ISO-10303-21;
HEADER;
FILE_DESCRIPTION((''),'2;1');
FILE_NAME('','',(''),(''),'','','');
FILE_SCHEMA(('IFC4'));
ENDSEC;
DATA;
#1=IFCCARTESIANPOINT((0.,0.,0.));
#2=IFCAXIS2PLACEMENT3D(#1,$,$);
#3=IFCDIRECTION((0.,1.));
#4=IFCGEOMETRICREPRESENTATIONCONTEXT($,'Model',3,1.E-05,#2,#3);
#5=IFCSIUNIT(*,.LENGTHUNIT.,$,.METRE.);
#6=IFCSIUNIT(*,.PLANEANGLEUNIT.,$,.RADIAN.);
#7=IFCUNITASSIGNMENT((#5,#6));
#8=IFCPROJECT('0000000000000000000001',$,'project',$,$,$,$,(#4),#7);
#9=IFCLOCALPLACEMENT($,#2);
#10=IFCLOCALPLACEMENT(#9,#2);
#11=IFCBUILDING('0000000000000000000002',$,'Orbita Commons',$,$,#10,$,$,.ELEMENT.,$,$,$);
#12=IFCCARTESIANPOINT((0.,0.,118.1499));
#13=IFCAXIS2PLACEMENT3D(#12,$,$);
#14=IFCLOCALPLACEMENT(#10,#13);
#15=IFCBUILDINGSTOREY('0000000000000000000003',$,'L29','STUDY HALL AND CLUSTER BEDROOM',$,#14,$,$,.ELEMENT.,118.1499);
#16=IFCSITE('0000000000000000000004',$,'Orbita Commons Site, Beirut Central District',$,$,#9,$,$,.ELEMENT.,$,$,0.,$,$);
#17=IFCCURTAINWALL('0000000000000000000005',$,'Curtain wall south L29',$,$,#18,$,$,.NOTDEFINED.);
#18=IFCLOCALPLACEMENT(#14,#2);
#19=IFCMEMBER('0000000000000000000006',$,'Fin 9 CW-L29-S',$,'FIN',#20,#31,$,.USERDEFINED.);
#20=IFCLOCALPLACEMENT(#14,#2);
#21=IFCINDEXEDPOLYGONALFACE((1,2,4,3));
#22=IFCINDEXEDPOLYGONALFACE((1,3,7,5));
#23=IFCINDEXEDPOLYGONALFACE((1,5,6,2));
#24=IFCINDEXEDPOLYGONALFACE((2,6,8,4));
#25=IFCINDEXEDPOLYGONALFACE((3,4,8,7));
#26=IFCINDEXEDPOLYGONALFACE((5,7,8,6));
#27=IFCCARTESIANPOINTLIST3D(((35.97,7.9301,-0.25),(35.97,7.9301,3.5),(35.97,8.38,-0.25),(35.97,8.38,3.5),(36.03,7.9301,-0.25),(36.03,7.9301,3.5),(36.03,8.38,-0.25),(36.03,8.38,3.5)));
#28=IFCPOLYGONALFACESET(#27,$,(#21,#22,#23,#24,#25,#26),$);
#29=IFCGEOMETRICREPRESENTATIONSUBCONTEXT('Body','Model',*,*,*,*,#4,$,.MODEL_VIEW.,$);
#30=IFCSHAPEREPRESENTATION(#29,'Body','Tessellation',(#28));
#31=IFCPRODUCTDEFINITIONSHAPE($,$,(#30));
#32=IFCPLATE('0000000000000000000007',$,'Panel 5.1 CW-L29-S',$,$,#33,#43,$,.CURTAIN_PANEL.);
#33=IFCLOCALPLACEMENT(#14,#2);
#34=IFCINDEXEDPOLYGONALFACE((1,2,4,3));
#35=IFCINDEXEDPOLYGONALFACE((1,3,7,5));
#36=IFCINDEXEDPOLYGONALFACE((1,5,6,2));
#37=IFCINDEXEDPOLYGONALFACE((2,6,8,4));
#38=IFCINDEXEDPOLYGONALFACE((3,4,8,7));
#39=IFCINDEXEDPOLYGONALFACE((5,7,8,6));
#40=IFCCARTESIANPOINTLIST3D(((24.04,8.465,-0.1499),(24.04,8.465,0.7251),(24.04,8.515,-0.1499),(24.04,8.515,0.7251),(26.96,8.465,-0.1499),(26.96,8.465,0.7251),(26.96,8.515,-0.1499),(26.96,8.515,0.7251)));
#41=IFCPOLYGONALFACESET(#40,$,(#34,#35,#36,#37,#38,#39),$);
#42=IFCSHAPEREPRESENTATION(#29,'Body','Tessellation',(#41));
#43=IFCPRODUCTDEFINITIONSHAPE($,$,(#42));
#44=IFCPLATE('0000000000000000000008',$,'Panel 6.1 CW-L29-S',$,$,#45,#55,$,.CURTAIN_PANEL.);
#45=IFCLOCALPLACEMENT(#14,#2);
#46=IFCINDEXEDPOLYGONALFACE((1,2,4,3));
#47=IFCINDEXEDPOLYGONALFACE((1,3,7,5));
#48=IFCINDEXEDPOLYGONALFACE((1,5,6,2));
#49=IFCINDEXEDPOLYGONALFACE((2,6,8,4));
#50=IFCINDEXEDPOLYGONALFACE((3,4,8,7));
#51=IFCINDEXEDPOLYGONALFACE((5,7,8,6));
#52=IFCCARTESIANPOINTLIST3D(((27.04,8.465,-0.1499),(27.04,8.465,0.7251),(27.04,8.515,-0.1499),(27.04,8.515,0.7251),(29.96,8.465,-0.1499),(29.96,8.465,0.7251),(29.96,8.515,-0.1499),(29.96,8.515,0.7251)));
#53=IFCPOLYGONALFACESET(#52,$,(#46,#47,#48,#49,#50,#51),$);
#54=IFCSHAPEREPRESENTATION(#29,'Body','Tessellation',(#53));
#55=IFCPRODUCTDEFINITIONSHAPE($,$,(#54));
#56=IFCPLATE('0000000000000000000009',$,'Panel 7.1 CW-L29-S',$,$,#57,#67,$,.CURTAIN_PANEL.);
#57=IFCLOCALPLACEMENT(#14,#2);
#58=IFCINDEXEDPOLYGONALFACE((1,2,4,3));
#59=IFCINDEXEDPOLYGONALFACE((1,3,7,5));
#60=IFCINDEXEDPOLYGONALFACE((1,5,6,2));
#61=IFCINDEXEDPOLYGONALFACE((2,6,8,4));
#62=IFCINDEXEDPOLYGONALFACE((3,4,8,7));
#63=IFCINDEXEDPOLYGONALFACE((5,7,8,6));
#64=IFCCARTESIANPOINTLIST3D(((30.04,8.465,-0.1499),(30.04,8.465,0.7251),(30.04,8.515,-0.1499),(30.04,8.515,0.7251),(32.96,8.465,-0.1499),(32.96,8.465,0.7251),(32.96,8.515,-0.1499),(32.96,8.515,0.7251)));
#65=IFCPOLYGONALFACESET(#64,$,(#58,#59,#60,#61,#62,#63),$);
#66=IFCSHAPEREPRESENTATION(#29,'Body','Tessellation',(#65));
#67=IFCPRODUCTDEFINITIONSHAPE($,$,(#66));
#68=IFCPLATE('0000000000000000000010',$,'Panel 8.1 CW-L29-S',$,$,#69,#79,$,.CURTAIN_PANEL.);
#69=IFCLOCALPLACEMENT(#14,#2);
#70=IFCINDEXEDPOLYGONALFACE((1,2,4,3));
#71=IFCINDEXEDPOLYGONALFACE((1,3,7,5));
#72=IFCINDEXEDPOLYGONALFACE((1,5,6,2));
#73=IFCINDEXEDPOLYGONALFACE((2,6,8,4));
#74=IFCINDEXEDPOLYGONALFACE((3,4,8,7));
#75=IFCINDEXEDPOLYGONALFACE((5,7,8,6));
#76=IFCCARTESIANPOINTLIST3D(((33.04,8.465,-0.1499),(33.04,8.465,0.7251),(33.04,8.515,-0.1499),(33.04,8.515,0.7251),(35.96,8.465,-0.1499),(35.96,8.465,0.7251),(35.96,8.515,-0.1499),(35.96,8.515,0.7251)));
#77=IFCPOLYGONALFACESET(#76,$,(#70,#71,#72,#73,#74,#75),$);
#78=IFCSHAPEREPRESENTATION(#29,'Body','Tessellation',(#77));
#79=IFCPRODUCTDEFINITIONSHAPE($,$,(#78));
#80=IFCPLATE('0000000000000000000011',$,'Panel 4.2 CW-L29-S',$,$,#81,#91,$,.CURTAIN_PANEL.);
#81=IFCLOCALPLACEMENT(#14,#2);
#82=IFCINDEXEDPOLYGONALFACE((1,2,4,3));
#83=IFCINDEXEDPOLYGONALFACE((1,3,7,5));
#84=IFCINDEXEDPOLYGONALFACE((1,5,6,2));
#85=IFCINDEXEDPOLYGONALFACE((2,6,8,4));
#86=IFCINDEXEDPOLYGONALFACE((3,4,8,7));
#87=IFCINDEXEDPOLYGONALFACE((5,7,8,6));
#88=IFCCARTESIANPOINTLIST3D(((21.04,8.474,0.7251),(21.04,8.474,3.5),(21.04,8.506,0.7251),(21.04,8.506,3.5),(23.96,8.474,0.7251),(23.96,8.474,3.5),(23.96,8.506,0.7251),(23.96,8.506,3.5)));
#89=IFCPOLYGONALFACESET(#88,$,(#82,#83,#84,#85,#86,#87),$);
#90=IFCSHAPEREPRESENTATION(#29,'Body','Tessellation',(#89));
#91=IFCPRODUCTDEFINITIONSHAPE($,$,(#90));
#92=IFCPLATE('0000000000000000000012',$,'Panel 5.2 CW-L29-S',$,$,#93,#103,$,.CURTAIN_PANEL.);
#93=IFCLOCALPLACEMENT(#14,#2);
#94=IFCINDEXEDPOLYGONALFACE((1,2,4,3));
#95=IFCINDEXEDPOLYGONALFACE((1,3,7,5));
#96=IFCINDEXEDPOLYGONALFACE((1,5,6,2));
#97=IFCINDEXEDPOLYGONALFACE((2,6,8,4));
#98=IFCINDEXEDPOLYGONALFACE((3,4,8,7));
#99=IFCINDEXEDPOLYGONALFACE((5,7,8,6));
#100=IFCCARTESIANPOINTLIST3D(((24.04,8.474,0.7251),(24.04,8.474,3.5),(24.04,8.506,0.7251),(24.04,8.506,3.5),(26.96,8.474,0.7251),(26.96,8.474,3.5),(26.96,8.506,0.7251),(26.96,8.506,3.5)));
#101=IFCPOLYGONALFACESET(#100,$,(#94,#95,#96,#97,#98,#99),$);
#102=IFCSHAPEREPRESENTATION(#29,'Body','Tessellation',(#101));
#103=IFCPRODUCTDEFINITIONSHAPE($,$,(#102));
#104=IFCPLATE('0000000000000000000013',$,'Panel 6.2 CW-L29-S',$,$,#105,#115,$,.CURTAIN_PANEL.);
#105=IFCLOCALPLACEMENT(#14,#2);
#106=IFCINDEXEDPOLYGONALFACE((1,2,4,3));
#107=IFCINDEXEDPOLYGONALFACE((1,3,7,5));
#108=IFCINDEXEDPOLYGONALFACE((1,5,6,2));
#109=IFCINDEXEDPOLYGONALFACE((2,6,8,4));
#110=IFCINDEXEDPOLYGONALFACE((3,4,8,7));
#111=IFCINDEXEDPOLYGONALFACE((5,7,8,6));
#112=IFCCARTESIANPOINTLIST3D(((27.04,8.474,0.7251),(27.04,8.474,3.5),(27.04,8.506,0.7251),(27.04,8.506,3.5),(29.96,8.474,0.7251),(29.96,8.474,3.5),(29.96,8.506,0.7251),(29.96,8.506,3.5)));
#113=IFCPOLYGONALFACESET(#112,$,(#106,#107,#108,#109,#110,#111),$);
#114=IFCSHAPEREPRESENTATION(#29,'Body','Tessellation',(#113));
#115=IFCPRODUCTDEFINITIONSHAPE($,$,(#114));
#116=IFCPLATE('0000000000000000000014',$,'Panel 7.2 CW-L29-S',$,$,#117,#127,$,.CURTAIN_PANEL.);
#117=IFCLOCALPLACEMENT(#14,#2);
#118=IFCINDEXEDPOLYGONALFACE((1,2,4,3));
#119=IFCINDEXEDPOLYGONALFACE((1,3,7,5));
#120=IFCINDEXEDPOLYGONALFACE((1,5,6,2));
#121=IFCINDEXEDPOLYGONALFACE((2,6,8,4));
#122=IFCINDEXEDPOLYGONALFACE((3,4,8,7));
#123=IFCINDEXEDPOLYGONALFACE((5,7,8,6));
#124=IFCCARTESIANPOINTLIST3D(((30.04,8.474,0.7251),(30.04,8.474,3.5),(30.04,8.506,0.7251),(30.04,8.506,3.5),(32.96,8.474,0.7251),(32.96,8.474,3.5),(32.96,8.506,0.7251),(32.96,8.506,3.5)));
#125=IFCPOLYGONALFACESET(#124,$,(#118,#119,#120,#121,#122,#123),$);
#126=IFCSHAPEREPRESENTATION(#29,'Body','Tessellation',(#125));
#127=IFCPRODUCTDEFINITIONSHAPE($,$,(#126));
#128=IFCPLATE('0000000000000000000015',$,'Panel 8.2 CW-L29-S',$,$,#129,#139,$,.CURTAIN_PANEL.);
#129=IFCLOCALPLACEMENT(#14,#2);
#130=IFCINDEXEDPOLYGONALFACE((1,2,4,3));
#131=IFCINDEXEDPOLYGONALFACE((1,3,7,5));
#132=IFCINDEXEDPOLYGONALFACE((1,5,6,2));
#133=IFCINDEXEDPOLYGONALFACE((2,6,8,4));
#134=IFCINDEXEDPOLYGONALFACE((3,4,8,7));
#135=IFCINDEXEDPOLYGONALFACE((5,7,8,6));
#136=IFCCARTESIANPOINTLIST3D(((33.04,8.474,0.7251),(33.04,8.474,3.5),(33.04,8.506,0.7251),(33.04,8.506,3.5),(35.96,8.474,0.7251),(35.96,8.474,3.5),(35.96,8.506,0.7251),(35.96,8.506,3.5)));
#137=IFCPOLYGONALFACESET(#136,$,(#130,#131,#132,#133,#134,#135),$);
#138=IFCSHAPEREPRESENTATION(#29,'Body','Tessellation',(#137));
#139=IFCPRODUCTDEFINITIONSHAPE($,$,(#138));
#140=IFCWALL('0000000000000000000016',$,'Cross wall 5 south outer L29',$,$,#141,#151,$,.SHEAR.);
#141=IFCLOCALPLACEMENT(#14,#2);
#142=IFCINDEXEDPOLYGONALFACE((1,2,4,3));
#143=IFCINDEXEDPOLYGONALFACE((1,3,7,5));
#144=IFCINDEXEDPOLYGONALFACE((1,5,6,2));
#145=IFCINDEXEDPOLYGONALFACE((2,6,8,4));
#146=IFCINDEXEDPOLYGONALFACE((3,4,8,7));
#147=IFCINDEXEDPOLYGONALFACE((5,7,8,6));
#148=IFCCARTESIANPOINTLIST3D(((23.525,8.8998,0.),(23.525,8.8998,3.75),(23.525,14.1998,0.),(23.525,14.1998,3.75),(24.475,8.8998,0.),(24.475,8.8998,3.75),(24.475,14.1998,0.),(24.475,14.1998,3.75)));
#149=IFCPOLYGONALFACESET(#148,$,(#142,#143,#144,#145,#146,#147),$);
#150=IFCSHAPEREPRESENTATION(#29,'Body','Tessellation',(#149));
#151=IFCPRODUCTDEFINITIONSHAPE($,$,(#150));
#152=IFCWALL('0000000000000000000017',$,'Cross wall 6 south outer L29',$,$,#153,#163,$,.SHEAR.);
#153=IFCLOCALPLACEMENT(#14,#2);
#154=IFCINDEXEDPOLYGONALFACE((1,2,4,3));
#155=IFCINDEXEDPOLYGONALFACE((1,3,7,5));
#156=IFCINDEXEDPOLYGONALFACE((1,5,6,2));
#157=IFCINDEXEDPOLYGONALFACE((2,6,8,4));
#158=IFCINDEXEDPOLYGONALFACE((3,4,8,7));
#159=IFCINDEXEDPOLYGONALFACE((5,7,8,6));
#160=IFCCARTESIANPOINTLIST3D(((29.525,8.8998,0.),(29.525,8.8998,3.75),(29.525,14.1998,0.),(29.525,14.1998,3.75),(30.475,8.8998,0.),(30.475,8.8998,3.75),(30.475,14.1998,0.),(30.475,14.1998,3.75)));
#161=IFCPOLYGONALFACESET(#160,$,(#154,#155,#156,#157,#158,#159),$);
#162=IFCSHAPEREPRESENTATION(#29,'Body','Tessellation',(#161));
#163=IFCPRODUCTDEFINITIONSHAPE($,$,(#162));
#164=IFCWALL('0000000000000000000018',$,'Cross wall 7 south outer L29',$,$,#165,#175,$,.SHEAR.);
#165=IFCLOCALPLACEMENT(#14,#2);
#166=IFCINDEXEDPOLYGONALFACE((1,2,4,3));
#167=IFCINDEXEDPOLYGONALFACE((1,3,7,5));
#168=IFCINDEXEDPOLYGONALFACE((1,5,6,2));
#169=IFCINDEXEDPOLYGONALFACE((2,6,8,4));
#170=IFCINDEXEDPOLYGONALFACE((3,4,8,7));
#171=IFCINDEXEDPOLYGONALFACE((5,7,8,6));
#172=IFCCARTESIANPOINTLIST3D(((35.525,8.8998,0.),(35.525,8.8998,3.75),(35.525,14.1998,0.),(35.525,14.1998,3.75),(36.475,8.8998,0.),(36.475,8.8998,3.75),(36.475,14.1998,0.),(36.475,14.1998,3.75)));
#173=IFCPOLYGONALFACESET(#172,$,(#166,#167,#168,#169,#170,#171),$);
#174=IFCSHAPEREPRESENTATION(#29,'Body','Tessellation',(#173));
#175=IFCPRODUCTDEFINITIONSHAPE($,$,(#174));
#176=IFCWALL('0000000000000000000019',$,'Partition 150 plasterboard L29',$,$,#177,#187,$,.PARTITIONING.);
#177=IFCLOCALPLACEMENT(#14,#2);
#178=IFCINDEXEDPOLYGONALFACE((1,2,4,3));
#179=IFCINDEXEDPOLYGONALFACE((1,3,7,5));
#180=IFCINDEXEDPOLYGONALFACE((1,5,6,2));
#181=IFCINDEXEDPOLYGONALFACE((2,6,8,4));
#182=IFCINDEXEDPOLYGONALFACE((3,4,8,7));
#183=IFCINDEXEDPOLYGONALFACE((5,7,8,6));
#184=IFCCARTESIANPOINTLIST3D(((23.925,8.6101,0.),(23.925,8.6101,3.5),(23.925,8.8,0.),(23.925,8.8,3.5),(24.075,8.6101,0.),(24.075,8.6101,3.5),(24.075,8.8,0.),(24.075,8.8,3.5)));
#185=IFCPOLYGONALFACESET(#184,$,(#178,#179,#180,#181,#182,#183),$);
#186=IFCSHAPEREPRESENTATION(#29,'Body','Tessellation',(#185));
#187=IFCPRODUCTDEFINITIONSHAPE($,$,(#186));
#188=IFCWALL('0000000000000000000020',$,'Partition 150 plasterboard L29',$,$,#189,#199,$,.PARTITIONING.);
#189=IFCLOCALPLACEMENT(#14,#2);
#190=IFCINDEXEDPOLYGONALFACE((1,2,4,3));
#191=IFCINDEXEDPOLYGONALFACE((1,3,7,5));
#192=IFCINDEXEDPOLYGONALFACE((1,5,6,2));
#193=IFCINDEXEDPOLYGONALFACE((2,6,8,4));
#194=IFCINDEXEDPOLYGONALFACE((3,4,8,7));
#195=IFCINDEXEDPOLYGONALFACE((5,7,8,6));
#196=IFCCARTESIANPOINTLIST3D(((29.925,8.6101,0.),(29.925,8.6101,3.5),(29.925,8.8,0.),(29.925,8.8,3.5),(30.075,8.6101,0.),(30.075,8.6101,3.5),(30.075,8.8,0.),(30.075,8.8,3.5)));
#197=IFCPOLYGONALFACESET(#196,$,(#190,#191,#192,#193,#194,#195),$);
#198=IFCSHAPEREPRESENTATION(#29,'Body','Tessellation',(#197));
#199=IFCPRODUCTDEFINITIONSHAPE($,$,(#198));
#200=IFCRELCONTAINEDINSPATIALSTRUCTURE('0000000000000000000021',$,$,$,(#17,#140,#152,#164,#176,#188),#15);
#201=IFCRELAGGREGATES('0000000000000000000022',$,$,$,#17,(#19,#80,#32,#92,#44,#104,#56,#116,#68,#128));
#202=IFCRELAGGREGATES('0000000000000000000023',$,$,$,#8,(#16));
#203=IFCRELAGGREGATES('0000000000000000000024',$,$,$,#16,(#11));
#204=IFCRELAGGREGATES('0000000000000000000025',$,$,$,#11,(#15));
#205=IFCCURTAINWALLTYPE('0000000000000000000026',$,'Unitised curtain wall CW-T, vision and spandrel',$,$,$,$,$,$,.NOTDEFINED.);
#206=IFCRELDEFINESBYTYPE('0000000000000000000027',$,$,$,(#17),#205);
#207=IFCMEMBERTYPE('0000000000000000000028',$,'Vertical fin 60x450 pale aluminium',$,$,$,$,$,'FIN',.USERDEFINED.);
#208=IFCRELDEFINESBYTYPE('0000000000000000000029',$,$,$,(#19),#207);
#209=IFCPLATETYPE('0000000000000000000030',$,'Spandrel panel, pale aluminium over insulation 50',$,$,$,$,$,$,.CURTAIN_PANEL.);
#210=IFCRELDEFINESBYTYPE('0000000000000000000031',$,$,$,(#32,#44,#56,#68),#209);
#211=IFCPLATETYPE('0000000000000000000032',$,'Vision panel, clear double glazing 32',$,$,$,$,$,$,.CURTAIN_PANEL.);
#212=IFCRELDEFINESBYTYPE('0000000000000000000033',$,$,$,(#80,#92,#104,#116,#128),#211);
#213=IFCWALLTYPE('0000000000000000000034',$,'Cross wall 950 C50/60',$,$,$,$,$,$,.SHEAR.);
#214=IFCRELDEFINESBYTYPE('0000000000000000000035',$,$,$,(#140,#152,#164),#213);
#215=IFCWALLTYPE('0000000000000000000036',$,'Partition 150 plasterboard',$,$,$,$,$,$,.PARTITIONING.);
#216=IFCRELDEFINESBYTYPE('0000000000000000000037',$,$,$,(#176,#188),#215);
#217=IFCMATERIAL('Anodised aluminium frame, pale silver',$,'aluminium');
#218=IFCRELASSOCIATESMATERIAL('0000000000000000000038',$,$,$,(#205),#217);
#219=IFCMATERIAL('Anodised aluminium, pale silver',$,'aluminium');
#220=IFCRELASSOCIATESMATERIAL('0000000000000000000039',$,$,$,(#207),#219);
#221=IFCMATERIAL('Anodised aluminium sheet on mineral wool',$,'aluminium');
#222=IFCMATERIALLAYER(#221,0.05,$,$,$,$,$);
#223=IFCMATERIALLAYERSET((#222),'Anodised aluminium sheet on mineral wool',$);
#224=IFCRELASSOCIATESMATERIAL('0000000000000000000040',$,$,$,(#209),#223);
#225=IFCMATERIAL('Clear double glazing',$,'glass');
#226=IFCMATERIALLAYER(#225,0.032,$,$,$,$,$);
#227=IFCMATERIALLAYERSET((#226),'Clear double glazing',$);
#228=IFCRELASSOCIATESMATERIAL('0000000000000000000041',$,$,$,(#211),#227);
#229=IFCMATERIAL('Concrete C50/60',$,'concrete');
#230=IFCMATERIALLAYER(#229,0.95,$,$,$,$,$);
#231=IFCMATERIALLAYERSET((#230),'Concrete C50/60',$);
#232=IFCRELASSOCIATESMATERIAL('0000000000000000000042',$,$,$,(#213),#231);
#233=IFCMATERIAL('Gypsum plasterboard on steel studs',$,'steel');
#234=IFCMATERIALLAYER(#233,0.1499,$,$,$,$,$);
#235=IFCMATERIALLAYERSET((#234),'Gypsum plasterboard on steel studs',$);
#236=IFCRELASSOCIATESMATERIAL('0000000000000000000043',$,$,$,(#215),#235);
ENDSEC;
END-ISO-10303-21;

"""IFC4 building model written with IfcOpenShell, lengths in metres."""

from ifc_helpers import new_model, si_unit, direction, frame, frame_2d, origin, origin_2d, place, context, subcontext, project, spatial, rectangle, extrude, material, layer, layer_set, material_profile, profile_set, type_object, element, aggregate, save


model = new_model("IFC4")

# Units and contexts
model_context = context("Model", 3, precision=1e-05, world=origin(), true_north=direction((0.0, 1.0)))
body_context = subcontext(model_context, "Body", "Model", "MODEL_VIEW")
ifc_project = project(units=[si_unit("LENGTHUNIT", "METRE"), si_unit("PLANEANGLEUNIT", "RADIAN")], contexts=[model_context])

# Site, building, storey
site_placement = place(None, origin())
site = spatial("IfcSite", under=ifc_project, at=site_placement, Name="Orbita Commons Site, Beirut Central District", CompositionType="ELEMENT", RefElevation=0.0)
building_placement = place(site_placement, origin())
building = spatial("IfcBuilding", under=site, at=building_placement, Name="Orbita Commons", CompositionType="ELEMENT")
storey_placement = place(building_placement, frame((0.0, 0.0, 118.1499)))
storey = spatial("IfcBuildingStorey", under=building, at=storey_placement, Name="L29", Description="STUDY HALL AND CLUSTER BEDROOM", CompositionType="ELEMENT", Elevation=118.1499)

# Curtain wall
ifc_material_1 = material(Name="Anodised aluminium frame, pale silver", Category="aluminium")
curtain_wall_type = type_object("IfcCurtainWallType", Name="Unitised curtain wall CW-T, vision and spandrel", PredefinedType="NOTDEFINED", material=ifc_material_1)
curtain_wall_placement = place(storey_placement, origin())
curtain_wall = element("IfcCurtainWall", 1, at=curtain_wall_placement, inside=storey, type_object=curtain_wall_type, Name="Curtain wall south L29", PredefinedType="NOTDEFINED")

# Member
ifc_material_2 = material(Name="Anodised aluminium, pale silver", Category="aluminium")
ifc_material_profile_1 = material_profile(ifc_material_2, rectangle(XDim=0.0601, YDim=0.45, at=origin_2d()), Name="FIN 60x450")
ifc_profile_set_1 = profile_set([ifc_material_profile_1], Name="Anodised aluminium, pale silver")
member_type_1 = type_object("IfcMemberType", Name="Vertical fin 60x450 pale aluminium", ElementType="FIN", PredefinedType="USERDEFINED", material=ifc_profile_set_1)
member_1_placement = place(storey_placement, frame((36.0, 8.155, -0.25), z_axis=(0.0, 0.0, 1.0), x_axis=(1.0, 0.0, 0.0)))
member_1 = element("IfcMember", 2, at=member_1_placement, type_object=member_type_1, Name="Fin 9 CW-L29-S", ObjectType="FIN", PredefinedType="USERDEFINED", context=body_context, shape_type="SweptSolid", body=[
    extrude(rectangle(XDim=0.0601, YDim=0.45, at=origin_2d()), origin(), (0.0, 0.0, 1.0), 3.75),
])

# Plates
ifc_material_3 = material(Name="Anodised aluminium sheet on mineral wool", Category="aluminium")
ifc_layer_1 = layer(ifc_material_3, 0.05)
ifc_layer_set_1 = layer_set([ifc_layer_1], Name="Anodised aluminium sheet on mineral wool")
plate_type_1 = type_object("IfcPlateType", Name="Spandrel panel, pale aluminium over insulation 50", PredefinedType="CURTAIN_PANEL", material=ifc_layer_set_1)
plate_1_placement = place(storey_placement, frame((25.5, 8.49, -0.1499), z_axis=(0.0, 0.0, 1.0), x_axis=(1.0, 0.0, 0.0)))
plate_1 = element("IfcPlate", 3, at=plate_1_placement, type_object=plate_type_1, Name="Panel 5.1 CW-L29-S", PredefinedType="CURTAIN_PANEL", context=body_context, shape_type="SweptSolid", body=[
    extrude(rectangle(XDim=2.9199, YDim=0.05, at=origin_2d()), origin(), (0.0, 0.0, 1.0), 0.875),
])
plate_2_placement = place(storey_placement, frame((28.5, 8.49, -0.1499), z_axis=(0.0, 0.0, 1.0), x_axis=(1.0, 0.0, 0.0)))
plate_2 = element("IfcPlate", 4, at=plate_2_placement, type_object=plate_type_1, Name="Panel 6.1 CW-L29-S", PredefinedType="CURTAIN_PANEL", context=body_context, shape_type="SweptSolid", body=[
    extrude(rectangle(XDim=2.9199, YDim=0.05, at=origin_2d()), origin(), (0.0, 0.0, 1.0), 0.875),
])
plate_3_placement = place(storey_placement, frame((31.5, 8.49, -0.1499), z_axis=(0.0, 0.0, 1.0), x_axis=(1.0, 0.0, 0.0)))
plate_3 = element("IfcPlate", 5, at=plate_3_placement, type_object=plate_type_1, Name="Panel 7.1 CW-L29-S", PredefinedType="CURTAIN_PANEL", context=body_context, shape_type="SweptSolid", body=[
    extrude(rectangle(XDim=2.9199, YDim=0.05, at=origin_2d()), origin(), (0.0, 0.0, 1.0), 0.875),
])
plate_4_placement = place(storey_placement, frame((34.5, 8.49, -0.1499), z_axis=(0.0, 0.0, 1.0), x_axis=(1.0, 0.0, 0.0)))
plate_4 = element("IfcPlate", 6, at=plate_4_placement, type_object=plate_type_1, Name="Panel 8.1 CW-L29-S", PredefinedType="CURTAIN_PANEL", context=body_context, shape_type="SweptSolid", body=[
    extrude(rectangle(XDim=2.9199, YDim=0.05, at=origin_2d()), origin(), (0.0, 0.0, 1.0), 0.875),
])
ifc_material_4 = material(Name="Clear double glazing", Category="glass")
ifc_layer_2 = layer(ifc_material_4, 0.032)
ifc_layer_set_2 = layer_set([ifc_layer_2], Name="Clear double glazing")
plate_type_2 = type_object("IfcPlateType", Name="Vision panel, clear double glazing 32", PredefinedType="CURTAIN_PANEL", material=ifc_layer_set_2)
plate_5_placement = place(storey_placement, frame((22.5, 8.49, 0.7251), z_axis=(0.0, 0.0, 1.0), x_axis=(1.0, 0.0, 0.0)))
plate_5 = element("IfcPlate", 7, at=plate_5_placement, type_object=plate_type_2, Name="Panel 4.2 CW-L29-S", PredefinedType="CURTAIN_PANEL", context=body_context, shape_type="SweptSolid", body=[
    extrude(rectangle(XDim=2.9199, YDim=0.032, at=origin_2d()), origin(), (0.0, 0.0, 1.0), 2.7749),
])
plate_6_placement = place(storey_placement, frame((25.5, 8.49, 0.7251), z_axis=(0.0, 0.0, 1.0), x_axis=(1.0, 0.0, 0.0)))
plate_6 = element("IfcPlate", 8, at=plate_6_placement, type_object=plate_type_2, Name="Panel 5.2 CW-L29-S", PredefinedType="CURTAIN_PANEL", context=body_context, shape_type="SweptSolid", body=[
    extrude(rectangle(XDim=2.9199, YDim=0.032, at=origin_2d()), origin(), (0.0, 0.0, 1.0), 2.7749),
])
plate_7_placement = place(storey_placement, frame((28.5, 8.49, 0.7251), z_axis=(0.0, 0.0, 1.0), x_axis=(1.0, 0.0, 0.0)))
plate_7 = element("IfcPlate", 9, at=plate_7_placement, type_object=plate_type_2, Name="Panel 6.2 CW-L29-S", PredefinedType="CURTAIN_PANEL", context=body_context, shape_type="SweptSolid", body=[
    extrude(rectangle(XDim=2.9199, YDim=0.032, at=origin_2d()), origin(), (0.0, 0.0, 1.0), 2.7749),
])
plate_8_placement = place(storey_placement, frame((31.5, 8.49, 0.7251), z_axis=(0.0, 0.0, 1.0), x_axis=(1.0, 0.0, 0.0)))
plate_8 = element("IfcPlate", 10, at=plate_8_placement, type_object=plate_type_2, Name="Panel 7.2 CW-L29-S", PredefinedType="CURTAIN_PANEL", context=body_context, shape_type="SweptSolid", body=[
    extrude(rectangle(XDim=2.9199, YDim=0.032, at=origin_2d()), origin(), (0.0, 0.0, 1.0), 2.7749),
])
plate_9_placement = place(storey_placement, frame((34.5, 8.49, 0.7251), z_axis=(0.0, 0.0, 1.0), x_axis=(1.0, 0.0, 0.0)))
plate_9 = element("IfcPlate", 11, at=plate_9_placement, type_object=plate_type_2, Name="Panel 8.2 CW-L29-S", PredefinedType="CURTAIN_PANEL", context=body_context, shape_type="SweptSolid", body=[
    extrude(rectangle(XDim=2.9199, YDim=0.032, at=origin_2d()), origin(), (0.0, 0.0, 1.0), 2.7749),
])
aggregate(curtain_wall, [member_1, plate_5, plate_1, plate_6, plate_2, plate_7, plate_3, plate_8, plate_4, plate_9])

# Walls
ifc_material_5 = material(Name="Concrete C50/60", Category="concrete")
ifc_layer_3 = layer(ifc_material_5, 0.95)
ifc_layer_set_3 = layer_set([ifc_layer_3], Name="Concrete C50/60")
wall_type_1 = type_object("IfcWallType", Name="Cross wall 950 C50/60", PredefinedType="SHEAR", material=ifc_layer_set_3)
for number, where, z_axis, x_axis, name in (
    (12, (24.0, 8.8999, 0.0), (0.0, 0.0, 1.0), (0.0, 1.0, 0.0), "Cross wall 5 south outer L29"),
    (13, (30.0, 8.8999, 0.0), (0.0, 0.0, 1.0), (0.0, 1.0, 0.0), "Cross wall 6 south outer L29"),
    (14, (36.0, 8.8999, 0.0), (0.0, 0.0, 1.0), (0.0, 1.0, 0.0), "Cross wall 7 south outer L29"),
):
    element("IfcWall", number, at=place(storey_placement, frame(where, z_axis=z_axis, x_axis=x_axis)), inside=storey, type_object=wall_type_1, Name=name, PredefinedType="SHEAR", context=body_context, shape_type="SweptSolid", body=[
        extrude(rectangle(XDim=5.3, YDim=0.95, at=frame_2d((2.6499, 0.0))), origin(), (0.0, 0.0, 1.0), 3.75),
    ])
ifc_material_6 = material(Name="Gypsum plasterboard on steel studs", Category="steel")
ifc_layer_4 = layer(ifc_material_6, 0.1499)
ifc_layer_set_4 = layer_set([ifc_layer_4], Name="Gypsum plasterboard on steel studs")
wall_type_2 = type_object("IfcWallType", Name="Partition 150 plasterboard", PredefinedType="PARTITIONING", material=ifc_layer_set_4)
for number, where, z_axis, x_axis, name in (
    (15, (24.0, 8.8, 0.0), (0.0, 0.0, 1.0), (0.0, -1.0, 0.0), "Partition 150 plasterboard L29"),
    (16, (30.0, 8.8, 0.0), (0.0, 0.0, 1.0), (0.0, -1.0, 0.0), "Partition 150 plasterboard L29"),
):
    element("IfcWall", number, at=place(storey_placement, frame(where, z_axis=z_axis, x_axis=x_axis)), inside=storey, type_object=wall_type_2, Name=name, PredefinedType="PARTITIONING", context=body_context, shape_type="SweptSolid", body=[
        extrude(rectangle(XDim=0.1899, YDim=0.1499, at=frame_2d((0.095, 0.0))), origin(), (0.0, 0.0, 1.0), 3.5),
    ])

save(model, "model.ifc")
